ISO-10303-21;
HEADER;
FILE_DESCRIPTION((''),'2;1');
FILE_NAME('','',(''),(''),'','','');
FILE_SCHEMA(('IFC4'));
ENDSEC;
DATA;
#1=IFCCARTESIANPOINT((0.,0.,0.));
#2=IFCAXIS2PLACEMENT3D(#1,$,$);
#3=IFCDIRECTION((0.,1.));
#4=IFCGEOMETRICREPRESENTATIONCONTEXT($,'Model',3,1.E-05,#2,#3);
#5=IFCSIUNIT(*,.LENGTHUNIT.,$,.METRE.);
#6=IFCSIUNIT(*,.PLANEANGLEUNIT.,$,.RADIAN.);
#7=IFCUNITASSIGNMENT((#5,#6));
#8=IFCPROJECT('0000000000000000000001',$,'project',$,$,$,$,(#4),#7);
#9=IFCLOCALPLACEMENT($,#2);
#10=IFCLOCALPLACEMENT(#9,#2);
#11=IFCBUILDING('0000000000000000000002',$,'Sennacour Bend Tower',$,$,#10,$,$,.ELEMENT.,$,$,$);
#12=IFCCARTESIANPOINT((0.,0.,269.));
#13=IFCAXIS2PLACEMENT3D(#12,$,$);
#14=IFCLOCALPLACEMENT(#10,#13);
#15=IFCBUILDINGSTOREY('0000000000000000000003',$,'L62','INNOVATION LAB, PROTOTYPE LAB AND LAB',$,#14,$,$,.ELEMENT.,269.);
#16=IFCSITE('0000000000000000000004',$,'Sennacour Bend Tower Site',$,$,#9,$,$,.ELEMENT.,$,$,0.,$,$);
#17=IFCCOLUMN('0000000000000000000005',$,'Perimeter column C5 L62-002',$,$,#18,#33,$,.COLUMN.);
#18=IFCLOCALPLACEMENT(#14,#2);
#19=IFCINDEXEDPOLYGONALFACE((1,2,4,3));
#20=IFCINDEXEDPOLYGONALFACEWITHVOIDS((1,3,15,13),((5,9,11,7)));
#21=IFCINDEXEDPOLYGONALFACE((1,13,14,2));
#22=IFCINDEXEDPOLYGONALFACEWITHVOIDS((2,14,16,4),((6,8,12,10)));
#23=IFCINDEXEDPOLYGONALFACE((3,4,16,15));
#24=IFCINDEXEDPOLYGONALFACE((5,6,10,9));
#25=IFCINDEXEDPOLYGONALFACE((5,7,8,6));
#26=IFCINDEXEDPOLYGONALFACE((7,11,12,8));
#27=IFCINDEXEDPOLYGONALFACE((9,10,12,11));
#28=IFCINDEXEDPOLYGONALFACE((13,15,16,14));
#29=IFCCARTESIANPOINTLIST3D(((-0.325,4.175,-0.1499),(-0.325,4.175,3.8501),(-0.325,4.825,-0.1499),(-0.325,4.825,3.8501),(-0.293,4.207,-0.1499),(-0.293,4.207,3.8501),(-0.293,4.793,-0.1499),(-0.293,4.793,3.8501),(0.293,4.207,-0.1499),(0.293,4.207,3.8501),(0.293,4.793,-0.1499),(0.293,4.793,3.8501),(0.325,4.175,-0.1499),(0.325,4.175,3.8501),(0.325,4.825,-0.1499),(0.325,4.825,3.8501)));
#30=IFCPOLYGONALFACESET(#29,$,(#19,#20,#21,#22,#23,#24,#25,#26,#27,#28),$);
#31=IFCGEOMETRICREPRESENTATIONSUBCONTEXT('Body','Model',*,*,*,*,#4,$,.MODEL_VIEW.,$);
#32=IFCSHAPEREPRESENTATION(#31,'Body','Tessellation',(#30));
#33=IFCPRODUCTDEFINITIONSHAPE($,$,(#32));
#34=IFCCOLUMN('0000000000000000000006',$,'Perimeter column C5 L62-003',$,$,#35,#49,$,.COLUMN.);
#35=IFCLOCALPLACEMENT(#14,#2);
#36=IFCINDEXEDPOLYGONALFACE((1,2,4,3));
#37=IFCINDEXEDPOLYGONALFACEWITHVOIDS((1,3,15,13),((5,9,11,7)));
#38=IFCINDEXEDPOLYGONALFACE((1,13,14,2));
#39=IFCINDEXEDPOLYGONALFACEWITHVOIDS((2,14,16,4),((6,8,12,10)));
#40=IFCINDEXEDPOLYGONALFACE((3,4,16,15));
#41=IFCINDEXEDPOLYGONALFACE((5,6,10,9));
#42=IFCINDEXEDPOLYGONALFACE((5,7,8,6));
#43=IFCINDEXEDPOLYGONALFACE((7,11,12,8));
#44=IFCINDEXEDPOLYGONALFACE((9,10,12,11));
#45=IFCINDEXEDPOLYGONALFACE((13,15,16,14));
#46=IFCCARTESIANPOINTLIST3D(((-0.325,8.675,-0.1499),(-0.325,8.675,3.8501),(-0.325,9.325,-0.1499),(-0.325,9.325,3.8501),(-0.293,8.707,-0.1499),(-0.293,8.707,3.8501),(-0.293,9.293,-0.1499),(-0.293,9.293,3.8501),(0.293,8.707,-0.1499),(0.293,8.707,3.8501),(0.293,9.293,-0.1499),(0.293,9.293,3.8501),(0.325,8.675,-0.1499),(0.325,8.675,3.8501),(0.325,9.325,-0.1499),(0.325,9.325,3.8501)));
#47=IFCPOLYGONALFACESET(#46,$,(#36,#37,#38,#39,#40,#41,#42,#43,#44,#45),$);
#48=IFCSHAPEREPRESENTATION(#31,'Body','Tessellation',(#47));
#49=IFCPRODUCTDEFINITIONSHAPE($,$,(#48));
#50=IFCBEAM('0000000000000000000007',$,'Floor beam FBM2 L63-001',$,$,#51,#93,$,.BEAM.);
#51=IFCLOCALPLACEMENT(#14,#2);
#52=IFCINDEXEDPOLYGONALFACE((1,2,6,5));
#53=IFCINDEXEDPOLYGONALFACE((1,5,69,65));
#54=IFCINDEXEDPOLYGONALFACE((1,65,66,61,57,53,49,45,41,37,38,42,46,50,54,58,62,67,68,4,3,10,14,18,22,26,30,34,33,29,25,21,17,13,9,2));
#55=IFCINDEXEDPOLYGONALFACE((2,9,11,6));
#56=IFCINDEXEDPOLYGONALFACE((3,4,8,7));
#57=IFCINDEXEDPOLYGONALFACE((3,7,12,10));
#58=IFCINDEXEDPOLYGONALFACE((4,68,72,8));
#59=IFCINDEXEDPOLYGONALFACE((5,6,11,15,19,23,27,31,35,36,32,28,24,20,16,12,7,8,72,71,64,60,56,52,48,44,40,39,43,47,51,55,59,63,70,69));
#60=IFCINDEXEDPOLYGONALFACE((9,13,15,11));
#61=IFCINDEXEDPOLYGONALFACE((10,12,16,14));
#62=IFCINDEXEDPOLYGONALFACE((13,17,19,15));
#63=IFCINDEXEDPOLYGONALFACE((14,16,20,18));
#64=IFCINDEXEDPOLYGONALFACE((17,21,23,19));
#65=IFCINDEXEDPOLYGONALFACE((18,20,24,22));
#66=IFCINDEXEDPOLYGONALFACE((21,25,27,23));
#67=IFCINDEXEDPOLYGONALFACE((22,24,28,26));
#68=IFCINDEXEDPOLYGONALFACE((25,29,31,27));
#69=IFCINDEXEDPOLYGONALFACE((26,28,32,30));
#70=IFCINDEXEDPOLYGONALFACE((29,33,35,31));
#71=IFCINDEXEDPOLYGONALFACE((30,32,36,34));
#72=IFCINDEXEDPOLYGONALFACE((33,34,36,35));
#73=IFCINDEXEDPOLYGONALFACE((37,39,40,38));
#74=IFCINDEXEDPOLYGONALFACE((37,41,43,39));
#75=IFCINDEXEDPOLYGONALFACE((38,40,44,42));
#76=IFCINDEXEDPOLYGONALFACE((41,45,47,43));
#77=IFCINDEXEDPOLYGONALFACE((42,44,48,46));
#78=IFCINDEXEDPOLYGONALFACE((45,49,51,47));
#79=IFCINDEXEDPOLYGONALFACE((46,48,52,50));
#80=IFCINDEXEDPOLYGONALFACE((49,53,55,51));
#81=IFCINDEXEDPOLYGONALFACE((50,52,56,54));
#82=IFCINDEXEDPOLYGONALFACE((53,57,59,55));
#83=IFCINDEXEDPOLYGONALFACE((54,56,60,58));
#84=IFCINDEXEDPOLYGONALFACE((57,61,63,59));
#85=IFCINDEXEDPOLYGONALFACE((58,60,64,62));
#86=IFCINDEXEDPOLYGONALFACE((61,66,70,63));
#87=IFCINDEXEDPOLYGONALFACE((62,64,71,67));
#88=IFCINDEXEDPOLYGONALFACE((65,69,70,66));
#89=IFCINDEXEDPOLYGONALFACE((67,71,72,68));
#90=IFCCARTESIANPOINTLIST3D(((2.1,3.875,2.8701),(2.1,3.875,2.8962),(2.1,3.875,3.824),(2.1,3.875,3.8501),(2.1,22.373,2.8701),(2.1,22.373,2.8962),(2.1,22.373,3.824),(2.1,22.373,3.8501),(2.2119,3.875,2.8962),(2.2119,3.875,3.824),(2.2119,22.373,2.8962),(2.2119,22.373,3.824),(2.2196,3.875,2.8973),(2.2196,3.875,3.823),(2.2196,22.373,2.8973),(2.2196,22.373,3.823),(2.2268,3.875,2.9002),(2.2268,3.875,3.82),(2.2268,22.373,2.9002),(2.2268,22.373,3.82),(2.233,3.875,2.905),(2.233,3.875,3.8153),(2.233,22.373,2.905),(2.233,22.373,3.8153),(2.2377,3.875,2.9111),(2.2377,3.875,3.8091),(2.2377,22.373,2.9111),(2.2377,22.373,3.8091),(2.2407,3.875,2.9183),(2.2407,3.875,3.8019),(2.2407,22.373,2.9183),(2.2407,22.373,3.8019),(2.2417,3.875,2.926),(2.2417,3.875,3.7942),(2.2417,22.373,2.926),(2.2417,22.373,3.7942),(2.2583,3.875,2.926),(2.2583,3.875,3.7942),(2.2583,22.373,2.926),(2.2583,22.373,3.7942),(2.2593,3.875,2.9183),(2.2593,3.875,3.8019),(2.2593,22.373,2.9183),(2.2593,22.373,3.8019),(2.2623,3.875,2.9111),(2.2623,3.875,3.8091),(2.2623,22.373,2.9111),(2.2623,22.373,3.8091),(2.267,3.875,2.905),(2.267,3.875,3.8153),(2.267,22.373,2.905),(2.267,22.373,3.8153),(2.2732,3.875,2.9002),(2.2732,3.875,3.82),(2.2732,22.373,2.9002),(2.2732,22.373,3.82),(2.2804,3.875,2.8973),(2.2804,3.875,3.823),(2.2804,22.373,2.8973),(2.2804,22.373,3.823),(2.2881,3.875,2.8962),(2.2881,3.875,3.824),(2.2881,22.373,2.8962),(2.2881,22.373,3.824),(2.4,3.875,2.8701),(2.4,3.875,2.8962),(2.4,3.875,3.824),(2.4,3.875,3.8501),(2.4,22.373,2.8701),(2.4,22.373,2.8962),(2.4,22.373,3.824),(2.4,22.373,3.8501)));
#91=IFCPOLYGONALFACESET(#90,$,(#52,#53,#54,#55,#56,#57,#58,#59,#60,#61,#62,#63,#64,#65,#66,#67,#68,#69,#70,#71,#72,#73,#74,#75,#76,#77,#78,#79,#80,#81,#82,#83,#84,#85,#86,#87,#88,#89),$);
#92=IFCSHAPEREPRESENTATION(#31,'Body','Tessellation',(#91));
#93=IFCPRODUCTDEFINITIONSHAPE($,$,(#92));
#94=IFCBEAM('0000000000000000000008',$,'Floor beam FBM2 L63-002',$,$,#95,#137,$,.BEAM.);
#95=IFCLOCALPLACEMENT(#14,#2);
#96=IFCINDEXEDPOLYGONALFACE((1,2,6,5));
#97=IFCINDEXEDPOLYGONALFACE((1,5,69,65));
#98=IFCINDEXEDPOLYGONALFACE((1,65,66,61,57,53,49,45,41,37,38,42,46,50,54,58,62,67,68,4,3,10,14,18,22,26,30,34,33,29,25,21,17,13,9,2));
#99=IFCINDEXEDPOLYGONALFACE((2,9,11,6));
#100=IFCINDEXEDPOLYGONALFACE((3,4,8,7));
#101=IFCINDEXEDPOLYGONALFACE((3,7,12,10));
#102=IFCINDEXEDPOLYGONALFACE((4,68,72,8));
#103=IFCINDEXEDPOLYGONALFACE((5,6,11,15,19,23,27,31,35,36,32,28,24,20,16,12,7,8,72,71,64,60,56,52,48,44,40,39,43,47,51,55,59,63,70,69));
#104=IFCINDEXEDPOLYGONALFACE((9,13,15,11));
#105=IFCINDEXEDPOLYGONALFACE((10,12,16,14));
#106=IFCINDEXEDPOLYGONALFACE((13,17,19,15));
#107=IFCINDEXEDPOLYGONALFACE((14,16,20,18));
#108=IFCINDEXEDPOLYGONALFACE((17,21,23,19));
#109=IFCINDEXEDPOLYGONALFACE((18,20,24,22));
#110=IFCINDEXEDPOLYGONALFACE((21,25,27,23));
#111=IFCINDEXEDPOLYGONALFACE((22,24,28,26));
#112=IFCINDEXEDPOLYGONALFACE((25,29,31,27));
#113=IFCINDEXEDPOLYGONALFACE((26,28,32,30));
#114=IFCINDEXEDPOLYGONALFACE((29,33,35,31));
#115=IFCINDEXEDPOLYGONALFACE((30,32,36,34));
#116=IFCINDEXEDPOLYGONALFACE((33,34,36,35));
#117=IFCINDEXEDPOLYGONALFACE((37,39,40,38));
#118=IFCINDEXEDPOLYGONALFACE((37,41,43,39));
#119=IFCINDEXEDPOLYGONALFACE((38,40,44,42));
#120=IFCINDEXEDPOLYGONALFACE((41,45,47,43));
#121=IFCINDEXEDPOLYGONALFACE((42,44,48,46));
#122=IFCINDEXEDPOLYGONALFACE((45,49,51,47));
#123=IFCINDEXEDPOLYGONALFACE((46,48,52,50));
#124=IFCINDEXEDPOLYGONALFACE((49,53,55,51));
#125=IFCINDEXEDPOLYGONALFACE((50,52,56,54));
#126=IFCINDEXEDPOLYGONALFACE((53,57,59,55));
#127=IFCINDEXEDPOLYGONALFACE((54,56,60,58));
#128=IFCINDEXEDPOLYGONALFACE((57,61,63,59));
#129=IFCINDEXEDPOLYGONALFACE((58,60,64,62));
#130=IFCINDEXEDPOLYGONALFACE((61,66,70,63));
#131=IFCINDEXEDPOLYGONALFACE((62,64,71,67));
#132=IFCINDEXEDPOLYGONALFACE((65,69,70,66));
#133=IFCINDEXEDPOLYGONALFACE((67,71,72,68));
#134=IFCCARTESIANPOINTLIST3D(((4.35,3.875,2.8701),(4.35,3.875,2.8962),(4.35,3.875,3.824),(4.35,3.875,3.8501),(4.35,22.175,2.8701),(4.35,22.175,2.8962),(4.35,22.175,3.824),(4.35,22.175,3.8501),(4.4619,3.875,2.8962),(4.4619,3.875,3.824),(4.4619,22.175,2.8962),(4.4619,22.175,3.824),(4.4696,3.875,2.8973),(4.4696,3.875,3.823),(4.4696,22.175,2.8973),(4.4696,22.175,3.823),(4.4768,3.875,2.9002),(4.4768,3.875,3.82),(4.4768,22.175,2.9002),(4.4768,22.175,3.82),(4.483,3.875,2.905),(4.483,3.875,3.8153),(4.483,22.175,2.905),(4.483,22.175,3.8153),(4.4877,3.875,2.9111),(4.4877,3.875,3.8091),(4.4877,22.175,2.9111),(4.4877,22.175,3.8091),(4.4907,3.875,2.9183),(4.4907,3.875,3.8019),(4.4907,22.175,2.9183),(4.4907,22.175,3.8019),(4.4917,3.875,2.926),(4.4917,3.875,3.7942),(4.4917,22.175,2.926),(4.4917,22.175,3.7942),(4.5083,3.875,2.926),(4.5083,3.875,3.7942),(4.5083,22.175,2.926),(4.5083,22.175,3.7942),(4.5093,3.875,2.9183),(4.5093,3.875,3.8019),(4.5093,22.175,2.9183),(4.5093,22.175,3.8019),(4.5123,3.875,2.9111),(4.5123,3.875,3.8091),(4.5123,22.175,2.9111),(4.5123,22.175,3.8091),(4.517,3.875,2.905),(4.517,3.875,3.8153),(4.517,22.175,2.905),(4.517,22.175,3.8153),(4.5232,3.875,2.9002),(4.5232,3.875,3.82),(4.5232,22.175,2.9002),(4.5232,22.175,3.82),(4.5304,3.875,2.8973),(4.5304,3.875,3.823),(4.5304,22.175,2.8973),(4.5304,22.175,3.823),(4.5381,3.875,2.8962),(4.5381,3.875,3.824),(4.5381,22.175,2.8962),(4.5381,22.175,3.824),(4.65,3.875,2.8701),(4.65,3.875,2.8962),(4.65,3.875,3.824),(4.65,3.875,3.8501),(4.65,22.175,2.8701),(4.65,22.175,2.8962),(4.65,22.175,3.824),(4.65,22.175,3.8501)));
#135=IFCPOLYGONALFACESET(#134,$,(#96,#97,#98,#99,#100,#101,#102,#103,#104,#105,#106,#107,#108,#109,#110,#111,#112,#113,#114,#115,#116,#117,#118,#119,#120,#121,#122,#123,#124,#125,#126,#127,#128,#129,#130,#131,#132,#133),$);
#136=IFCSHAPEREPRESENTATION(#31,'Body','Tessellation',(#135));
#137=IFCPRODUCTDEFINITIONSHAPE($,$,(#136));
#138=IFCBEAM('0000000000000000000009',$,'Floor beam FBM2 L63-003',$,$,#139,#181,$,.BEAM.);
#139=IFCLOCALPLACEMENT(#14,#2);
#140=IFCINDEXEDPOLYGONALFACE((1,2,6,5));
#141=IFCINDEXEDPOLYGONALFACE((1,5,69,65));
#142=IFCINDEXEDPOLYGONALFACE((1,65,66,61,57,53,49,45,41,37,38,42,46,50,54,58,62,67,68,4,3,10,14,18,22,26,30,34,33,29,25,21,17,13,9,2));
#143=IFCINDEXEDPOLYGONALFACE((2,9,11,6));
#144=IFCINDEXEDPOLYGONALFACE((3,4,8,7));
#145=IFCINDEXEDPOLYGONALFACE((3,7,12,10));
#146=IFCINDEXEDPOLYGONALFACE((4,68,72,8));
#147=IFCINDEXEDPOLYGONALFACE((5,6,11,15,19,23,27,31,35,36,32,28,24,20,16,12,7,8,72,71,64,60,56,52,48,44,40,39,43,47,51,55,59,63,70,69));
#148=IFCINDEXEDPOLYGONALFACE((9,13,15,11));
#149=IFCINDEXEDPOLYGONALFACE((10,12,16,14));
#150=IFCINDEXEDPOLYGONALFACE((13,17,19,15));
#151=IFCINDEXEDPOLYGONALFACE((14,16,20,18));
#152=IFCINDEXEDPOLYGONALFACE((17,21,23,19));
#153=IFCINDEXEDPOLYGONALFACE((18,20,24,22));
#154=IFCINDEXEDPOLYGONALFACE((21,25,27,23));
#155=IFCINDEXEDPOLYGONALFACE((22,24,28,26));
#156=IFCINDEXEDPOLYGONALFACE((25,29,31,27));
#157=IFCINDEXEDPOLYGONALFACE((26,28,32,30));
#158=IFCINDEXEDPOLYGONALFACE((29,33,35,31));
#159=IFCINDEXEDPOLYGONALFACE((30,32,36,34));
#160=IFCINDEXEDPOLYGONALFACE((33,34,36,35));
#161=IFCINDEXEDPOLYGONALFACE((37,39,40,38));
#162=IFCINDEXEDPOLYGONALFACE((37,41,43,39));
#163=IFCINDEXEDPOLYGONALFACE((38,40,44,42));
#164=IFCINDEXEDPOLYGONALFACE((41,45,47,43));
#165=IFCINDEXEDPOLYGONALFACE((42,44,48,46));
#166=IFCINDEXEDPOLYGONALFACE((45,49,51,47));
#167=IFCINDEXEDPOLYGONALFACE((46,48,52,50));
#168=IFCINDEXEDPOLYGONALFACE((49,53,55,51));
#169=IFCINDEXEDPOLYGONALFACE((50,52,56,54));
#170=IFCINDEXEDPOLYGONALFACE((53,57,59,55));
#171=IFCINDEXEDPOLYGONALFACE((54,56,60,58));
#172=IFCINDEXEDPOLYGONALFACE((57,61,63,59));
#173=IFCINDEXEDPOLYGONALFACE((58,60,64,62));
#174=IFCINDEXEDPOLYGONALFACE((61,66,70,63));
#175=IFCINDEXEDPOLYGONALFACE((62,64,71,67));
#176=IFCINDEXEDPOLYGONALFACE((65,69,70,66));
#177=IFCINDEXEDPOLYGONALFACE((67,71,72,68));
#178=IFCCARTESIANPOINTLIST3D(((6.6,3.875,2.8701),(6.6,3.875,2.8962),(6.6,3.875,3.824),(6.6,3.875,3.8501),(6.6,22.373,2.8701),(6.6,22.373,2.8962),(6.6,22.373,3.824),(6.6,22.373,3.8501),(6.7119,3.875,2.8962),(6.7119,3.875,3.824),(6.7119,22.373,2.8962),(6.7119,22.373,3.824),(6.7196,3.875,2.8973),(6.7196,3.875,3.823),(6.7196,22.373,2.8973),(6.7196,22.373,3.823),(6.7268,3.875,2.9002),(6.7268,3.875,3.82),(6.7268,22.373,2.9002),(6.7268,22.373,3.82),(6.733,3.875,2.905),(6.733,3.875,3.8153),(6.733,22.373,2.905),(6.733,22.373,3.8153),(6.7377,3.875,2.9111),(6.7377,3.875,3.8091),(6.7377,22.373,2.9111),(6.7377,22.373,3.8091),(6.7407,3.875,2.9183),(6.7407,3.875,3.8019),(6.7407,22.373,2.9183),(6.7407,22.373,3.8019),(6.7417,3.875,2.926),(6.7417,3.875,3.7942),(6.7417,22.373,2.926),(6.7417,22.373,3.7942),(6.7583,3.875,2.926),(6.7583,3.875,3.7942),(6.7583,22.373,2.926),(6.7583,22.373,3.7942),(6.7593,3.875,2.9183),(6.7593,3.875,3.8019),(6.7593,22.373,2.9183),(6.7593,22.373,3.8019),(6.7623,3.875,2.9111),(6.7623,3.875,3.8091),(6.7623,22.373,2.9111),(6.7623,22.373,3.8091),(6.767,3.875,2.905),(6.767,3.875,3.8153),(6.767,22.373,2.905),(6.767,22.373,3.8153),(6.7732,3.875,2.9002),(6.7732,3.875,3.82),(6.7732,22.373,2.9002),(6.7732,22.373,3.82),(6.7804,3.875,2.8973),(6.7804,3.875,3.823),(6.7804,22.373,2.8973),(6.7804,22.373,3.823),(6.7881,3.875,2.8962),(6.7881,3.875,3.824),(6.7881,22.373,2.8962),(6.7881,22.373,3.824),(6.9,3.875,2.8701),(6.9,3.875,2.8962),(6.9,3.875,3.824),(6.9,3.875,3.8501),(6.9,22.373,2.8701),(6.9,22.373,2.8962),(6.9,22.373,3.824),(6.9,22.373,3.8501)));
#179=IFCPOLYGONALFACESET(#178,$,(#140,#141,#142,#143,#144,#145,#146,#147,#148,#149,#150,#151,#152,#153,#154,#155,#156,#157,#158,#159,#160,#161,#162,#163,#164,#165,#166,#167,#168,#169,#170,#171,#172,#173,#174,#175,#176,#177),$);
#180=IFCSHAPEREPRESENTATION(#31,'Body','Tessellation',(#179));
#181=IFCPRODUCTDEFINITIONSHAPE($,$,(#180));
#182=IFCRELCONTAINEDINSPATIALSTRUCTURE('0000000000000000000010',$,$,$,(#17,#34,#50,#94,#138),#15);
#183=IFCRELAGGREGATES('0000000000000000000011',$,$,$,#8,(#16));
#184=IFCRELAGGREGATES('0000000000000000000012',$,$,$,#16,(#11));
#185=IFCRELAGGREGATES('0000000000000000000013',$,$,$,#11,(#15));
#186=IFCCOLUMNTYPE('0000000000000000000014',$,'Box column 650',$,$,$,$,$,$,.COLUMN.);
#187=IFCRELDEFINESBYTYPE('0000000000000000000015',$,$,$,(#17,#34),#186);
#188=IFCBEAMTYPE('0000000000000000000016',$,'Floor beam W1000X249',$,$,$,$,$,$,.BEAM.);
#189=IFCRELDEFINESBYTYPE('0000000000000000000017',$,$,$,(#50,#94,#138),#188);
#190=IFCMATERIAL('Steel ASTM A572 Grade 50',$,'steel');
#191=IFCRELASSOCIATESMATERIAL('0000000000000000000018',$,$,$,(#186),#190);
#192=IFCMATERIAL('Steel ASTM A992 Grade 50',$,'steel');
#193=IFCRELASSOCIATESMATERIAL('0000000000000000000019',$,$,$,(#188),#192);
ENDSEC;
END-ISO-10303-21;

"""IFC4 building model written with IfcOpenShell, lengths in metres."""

from ifc_helpers import new_model, si_unit, direction, frame, origin, origin_2d, place, context, subcontext, project, spatial, hollow_rectangle, i_section, extrude, material, material_profile, profile_set, type_object, element, save


model = new_model("IFC4")

# Units and contexts
model_context = context("Model", 3, precision=1e-05, world=origin(), true_north=direction((0.0, 1.0)))
body_context = subcontext(model_context, "Body", "Model", "MODEL_VIEW")
ifc_project = project(units=[si_unit("LENGTHUNIT", "METRE"), si_unit("PLANEANGLEUNIT", "RADIAN")], contexts=[model_context])

# Site, building, storey
site_placement = place(None, origin())
site = spatial("IfcSite", under=ifc_project, at=site_placement, Name="Sennacour Bend Tower Site", CompositionType="ELEMENT", RefElevation=0.0)
building_placement = place(site_placement, origin())
building = spatial("IfcBuilding", under=site, at=building_placement, Name="Sennacour Bend Tower", CompositionType="ELEMENT")
storey_placement = place(building_placement, frame((0.0, 0.0, 269.0)))
storey = spatial("IfcBuildingStorey", under=building, at=storey_placement, Name="L62", Description="INNOVATION LAB, PROTOTYPE LAB AND LAB", CompositionType="ELEMENT", Elevation=269.0)

# Columns
ifc_material_1 = material(Name="Steel ASTM A572 Grade 50", Category="steel")
ifc_material_profile_1 = material_profile(ifc_material_1, hollow_rectangle(XDim=0.6499, YDim=0.6499, WallThickness=0.032, at=origin_2d()), Name="Steel ASTM A572 Grade 50", Category="steel")
ifc_profile_set_1 = profile_set([ifc_material_profile_1], Name="Steel ASTM A572 Grade 50")
column_type = type_object("IfcColumnType", Name="Box column 650", PredefinedType="COLUMN", material=ifc_profile_set_1)
for number, where, z_axis, x_axis, name in (
    (1, (0.0, 4.5, -0.1499), (0.0, 0.0, 1.0), (1.0, 0.0, 0.0), "Perimeter column C5 L62-002"),
    (2, (0.0, 9.0, -0.1499), (0.0, 0.0, 1.0), (1.0, 0.0, 0.0), "Perimeter column C5 L62-003"),
):
    element("IfcColumn", number, at=place(storey_placement, frame(where, z_axis=z_axis, x_axis=x_axis)), inside=storey, type_object=column_type, Name=name, PredefinedType="COLUMN", context=body_context, shape_type="SweptSolid", body=[
        extrude(hollow_rectangle(XDim=0.6499, YDim=0.6499, WallThickness=0.032, at=origin_2d()), origin(), (0.0, 0.0, 1.0), 4.0),
    ])

# Beams
ifc_material_2 = material(Name="Steel ASTM A992 Grade 50", Category="steel")
ifc_material_profile_2 = material_profile(ifc_material_2, i_section(OverallWidth=0.3, OverallDepth=0.98, WebThickness=0.0166, FlangeThickness=0.0261, FilletRadius=0.0298, at=origin_2d()), Name="Steel ASTM A992 Grade 50", Category="steel")
ifc_profile_set_2 = profile_set([ifc_material_profile_2], Name="Steel ASTM A992 Grade 50")
beam_type_1 = type_object("IfcBeamType", Name="Floor beam W1000X249", PredefinedType="BEAM", material=ifc_profile_set_2)
beam_1_placement = place(storey_placement, frame((2.25, 3.875, 3.3601), z_axis=(0.0, 1.0, 0.0), x_axis=(-1.0, 0.0, 0.0)))
element("IfcBeam", 3, at=beam_1_placement, inside=storey, type_object=beam_type_1, Name="Floor beam FBM2 L63-001", PredefinedType="BEAM", context=body_context, shape_type="SweptSolid", body=[
    extrude(i_section(OverallWidth=0.3, OverallDepth=0.98, WebThickness=0.0166, FlangeThickness=0.0261, FilletRadius=0.0298, at=origin_2d()), origin(), (0.0, 0.0, 1.0), 18.498),
])
beam_2_placement = place(storey_placement, frame((4.5, 3.875, 3.3601), z_axis=(0.0, 1.0, 0.0), x_axis=(-1.0, 0.0, 0.0)))
element("IfcBeam", 4, at=beam_2_placement, inside=storey, type_object=beam_type_1, Name="Floor beam FBM2 L63-002", PredefinedType="BEAM", context=body_context, shape_type="SweptSolid", body=[
    extrude(i_section(OverallWidth=0.3, OverallDepth=0.98, WebThickness=0.0166, FlangeThickness=0.0261, FilletRadius=0.0298, at=origin_2d()), origin(), (0.0, 0.0, 1.0), 18.3),
])
beam_3_placement = place(storey_placement, frame((6.75, 3.875, 3.3601), z_axis=(0.0, 1.0, 0.0), x_axis=(-1.0, 0.0, 0.0)))
element("IfcBeam", 5, at=beam_3_placement, inside=storey, type_object=beam_type_1, Name="Floor beam FBM2 L63-003", PredefinedType="BEAM", context=body_context, shape_type="SweptSolid", body=[
    extrude(i_section(OverallWidth=0.3, OverallDepth=0.98, WebThickness=0.0166, FlangeThickness=0.0261, FilletRadius=0.0298, at=origin_2d()), origin(), (0.0, 0.0, 1.0), 18.498),
])

save(model, "model.ifc")
